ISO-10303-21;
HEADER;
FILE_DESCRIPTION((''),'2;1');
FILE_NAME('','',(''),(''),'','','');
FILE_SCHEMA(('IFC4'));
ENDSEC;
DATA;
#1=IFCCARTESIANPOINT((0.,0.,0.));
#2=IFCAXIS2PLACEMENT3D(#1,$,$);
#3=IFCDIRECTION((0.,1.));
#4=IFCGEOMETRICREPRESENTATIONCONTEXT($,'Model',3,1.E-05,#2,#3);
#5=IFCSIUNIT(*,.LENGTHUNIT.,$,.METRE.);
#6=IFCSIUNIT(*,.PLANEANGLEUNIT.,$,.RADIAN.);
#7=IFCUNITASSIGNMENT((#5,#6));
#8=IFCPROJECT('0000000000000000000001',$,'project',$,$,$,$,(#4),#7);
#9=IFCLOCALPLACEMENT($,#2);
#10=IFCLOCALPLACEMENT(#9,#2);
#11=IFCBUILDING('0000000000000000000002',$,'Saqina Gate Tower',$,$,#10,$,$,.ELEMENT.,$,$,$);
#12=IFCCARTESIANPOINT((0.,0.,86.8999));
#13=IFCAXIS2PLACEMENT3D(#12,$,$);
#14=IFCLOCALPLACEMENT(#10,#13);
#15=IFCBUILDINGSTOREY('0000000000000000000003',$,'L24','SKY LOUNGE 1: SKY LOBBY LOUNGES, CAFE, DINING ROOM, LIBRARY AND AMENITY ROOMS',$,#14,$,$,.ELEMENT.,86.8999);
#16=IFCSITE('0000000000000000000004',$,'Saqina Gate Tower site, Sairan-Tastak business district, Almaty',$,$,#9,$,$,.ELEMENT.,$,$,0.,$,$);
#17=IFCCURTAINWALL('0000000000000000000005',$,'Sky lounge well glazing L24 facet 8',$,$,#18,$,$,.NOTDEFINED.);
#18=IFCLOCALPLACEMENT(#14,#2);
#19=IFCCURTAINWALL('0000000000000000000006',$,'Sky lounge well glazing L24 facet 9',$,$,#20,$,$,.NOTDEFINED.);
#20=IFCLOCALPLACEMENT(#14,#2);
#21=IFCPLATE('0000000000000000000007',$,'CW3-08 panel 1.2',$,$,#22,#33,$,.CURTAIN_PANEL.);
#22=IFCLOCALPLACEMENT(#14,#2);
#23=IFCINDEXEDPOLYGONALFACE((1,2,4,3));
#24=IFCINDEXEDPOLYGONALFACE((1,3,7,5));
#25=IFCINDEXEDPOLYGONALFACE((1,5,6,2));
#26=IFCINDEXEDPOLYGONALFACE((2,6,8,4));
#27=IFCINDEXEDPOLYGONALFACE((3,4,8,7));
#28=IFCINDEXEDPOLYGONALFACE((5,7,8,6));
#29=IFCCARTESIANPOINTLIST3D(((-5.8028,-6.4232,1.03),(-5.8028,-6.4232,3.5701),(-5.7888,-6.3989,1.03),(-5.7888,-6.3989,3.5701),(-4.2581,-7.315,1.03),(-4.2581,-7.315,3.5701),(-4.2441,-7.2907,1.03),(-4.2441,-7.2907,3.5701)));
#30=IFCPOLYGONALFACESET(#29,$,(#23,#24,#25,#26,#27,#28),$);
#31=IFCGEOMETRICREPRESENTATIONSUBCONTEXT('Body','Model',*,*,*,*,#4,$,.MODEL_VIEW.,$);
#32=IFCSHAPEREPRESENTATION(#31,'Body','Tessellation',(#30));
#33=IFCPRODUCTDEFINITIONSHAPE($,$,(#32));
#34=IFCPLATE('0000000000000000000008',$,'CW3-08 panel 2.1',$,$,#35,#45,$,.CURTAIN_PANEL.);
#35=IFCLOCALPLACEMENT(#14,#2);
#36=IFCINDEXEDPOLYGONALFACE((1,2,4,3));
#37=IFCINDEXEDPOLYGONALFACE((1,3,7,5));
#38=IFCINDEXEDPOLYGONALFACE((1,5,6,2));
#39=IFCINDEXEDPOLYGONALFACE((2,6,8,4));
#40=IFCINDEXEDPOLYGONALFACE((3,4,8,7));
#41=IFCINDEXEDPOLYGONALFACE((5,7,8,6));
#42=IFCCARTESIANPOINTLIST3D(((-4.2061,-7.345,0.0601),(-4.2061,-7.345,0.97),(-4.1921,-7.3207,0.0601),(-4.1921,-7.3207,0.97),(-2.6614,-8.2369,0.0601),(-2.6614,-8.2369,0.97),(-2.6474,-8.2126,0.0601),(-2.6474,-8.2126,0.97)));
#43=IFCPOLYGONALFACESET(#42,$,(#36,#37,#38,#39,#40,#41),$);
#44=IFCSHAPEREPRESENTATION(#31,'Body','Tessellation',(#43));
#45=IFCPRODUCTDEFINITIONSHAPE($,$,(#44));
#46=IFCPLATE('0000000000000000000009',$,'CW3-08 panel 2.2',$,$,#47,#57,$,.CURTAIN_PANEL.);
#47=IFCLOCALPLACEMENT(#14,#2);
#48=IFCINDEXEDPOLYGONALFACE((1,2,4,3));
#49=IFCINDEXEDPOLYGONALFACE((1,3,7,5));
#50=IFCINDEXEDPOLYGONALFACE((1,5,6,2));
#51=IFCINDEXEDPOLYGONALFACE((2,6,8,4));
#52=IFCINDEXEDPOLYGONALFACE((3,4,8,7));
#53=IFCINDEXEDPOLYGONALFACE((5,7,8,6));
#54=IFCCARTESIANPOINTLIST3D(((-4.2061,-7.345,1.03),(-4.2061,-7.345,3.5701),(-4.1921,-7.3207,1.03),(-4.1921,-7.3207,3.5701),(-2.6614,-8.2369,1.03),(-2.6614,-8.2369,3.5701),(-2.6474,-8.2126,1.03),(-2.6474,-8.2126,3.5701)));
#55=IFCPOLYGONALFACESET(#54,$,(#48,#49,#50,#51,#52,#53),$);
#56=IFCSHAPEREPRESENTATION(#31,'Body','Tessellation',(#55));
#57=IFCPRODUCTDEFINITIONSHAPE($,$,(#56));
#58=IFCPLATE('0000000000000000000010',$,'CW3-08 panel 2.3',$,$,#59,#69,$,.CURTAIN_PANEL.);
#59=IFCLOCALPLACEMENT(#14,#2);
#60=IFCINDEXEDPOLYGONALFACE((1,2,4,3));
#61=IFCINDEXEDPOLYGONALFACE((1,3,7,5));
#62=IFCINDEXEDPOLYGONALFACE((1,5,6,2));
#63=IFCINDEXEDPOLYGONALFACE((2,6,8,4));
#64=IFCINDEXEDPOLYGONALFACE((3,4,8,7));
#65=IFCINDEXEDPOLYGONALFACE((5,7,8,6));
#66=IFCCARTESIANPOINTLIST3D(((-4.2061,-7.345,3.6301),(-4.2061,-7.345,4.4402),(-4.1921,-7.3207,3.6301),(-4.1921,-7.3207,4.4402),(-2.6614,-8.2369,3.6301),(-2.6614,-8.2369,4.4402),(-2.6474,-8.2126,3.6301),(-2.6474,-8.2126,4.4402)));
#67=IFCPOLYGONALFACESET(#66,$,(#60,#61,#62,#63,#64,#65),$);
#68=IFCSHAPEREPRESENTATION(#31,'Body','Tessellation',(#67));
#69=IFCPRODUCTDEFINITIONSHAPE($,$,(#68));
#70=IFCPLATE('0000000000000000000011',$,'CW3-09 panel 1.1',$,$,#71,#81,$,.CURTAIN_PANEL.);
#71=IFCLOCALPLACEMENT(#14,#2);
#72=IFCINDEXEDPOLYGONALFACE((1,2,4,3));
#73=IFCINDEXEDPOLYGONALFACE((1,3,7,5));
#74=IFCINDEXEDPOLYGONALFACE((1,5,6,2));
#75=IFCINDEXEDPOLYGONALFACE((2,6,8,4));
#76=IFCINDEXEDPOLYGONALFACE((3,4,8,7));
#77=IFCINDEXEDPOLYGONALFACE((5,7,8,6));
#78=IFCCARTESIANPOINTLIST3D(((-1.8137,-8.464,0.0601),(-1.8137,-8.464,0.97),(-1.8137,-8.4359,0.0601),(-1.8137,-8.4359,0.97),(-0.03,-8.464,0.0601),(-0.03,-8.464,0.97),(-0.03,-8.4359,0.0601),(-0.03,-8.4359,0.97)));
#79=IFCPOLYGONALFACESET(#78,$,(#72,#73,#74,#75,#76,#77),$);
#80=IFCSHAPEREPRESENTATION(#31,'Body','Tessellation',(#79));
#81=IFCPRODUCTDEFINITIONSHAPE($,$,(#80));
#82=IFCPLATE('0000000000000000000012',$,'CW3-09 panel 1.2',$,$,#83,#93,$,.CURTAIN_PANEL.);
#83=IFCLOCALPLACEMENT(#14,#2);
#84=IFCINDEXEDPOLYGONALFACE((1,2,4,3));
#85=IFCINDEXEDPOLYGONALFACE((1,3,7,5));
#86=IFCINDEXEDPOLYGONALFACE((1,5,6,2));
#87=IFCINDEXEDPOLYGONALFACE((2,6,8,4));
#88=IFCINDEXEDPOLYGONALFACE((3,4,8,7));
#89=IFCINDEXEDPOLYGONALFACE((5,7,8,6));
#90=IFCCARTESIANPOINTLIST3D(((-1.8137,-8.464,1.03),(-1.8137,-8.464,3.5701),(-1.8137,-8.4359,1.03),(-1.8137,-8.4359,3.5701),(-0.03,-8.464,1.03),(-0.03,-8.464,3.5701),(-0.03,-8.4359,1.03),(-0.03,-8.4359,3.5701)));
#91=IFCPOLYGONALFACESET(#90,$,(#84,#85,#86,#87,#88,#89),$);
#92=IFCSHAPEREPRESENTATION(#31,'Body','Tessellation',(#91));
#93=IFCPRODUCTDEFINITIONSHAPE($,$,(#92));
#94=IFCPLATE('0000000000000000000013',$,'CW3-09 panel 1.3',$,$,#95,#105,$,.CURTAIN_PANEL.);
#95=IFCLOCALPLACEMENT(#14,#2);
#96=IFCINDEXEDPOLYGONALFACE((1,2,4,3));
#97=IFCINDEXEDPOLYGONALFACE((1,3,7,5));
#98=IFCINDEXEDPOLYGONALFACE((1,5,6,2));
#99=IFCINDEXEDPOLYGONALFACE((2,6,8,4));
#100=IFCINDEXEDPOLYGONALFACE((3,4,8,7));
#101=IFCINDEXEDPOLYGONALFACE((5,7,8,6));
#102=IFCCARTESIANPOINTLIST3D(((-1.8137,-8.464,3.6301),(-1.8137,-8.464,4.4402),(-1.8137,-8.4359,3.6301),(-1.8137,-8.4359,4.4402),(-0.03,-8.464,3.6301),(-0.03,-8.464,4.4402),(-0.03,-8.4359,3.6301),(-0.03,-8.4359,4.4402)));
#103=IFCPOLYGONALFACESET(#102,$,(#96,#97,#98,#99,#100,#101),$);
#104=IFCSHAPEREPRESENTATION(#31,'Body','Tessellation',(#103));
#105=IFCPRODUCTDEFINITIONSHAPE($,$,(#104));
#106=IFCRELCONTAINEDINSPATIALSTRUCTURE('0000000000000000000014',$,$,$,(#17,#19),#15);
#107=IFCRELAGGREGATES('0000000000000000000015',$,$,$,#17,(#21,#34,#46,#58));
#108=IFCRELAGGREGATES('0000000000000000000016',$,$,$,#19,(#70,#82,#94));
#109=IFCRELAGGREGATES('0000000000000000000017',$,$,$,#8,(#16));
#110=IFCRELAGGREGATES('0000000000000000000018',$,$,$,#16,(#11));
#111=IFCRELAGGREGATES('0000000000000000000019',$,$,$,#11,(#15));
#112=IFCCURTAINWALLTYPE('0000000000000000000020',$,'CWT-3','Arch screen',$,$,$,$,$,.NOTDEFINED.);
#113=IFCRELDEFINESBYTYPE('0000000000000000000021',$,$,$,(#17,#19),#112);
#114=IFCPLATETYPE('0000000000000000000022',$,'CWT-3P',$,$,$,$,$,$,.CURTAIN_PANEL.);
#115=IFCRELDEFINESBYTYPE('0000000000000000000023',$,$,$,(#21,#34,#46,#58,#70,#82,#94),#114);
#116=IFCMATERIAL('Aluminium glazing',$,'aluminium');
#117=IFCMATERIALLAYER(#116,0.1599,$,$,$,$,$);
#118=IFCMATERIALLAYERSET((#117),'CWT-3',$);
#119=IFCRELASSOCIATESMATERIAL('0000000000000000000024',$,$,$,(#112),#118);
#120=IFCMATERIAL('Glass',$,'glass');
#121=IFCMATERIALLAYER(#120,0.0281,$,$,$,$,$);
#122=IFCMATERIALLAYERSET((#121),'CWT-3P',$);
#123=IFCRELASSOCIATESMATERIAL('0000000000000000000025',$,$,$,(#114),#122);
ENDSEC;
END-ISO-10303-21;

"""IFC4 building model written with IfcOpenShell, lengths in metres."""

from ifc_helpers import new_model, si_unit, direction, frame, origin, origin_2d, place, context, subcontext, project, spatial, rectangle, extrude, material, layer, layer_set, type_object, element, aggregate, save


model = new_model("IFC4")

# Units and contexts
model_context = context("Model", 3, precision=1e-05, world=origin(), true_north=direction((0.0, 1.0)))
body_context = subcontext(model_context, "Body", "Model", "MODEL_VIEW")
ifc_project = project(units=[si_unit("LENGTHUNIT", "METRE"), si_unit("PLANEANGLEUNIT", "RADIAN")], contexts=[model_context])

# Site, building, storey
site_placement = place(None, origin())
site = spatial("IfcSite", under=ifc_project, at=site_placement, Name="Saqina Gate Tower site, Sairan-Tastak business district, Almaty", CompositionType="ELEMENT", RefElevation=0.0)
building_placement = place(site_placement, origin())
building = spatial("IfcBuilding", under=site, at=building_placement, Name="Saqina Gate Tower", CompositionType="ELEMENT")
storey_placement = place(building_placement, frame((0.0, 0.0, 86.8999)))
storey = spatial("IfcBuildingStorey", under=building, at=storey_placement, Name="L24", Description="SKY LOUNGE 1: SKY LOBBY LOUNGES, CAFE, DINING ROOM, LIBRARY AND AMENITY ROOMS", CompositionType="ELEMENT", Elevation=86.8999)

# Curtain walls
ifc_material_1 = material(Name="Aluminium glazing", Category="aluminium")
ifc_layer_1 = layer(ifc_material_1, 0.1599)
ifc_layer_set_1 = layer_set([ifc_layer_1], Name="CWT-3")
curtain_wall_type = type_object("IfcCurtainWallType", Name="CWT-3", Description="Arch screen", PredefinedType="NOTDEFINED", material=ifc_layer_set_1)
curtain_wall_1_placement = place(storey_placement, origin())
curtain_wall_1 = element("IfcCurtainWall", 1, at=curtain_wall_1_placement, inside=storey, type_object=curtain_wall_type, Name="Sky lounge well glazing L24 facet 8", PredefinedType="NOTDEFINED")
curtain_wall_2_placement = place(storey_placement, origin())
curtain_wall_2 = element("IfcCurtainWall", 2, at=curtain_wall_2_placement, inside=storey, type_object=curtain_wall_type, Name="Sky lounge well glazing L24 facet 9", PredefinedType="NOTDEFINED")

# Plates
ifc_material_2 = material(Name="Glass", Category="glass")
ifc_layer_2 = layer(ifc_material_2, 0.0281)
ifc_layer_set_2 = layer_set([ifc_layer_2], Name="CWT-3P")
plate_type = type_object("IfcPlateType", Name="CWT-3P", PredefinedType="CURTAIN_PANEL", material=ifc_layer_set_2)
plate_1_placement = place(storey_placement, frame((-5.0234, -6.8569, 1.03), z_axis=(0.0, 0.0, 1.0), x_axis=(0.866029, -0.499993, 0.0)))
plate_1 = element("IfcPlate", 3, at=plate_1_placement, type_object=plate_type, Name="CW3-08 panel 1.2", PredefinedType="CURTAIN_PANEL", context=body_context, shape_type="SweptSolid", body=[
    extrude(rectangle(XDim=1.7837, YDim=0.0281, at=origin_2d()), origin(), (0.0, 0.0, 1.0), 2.54),
])
plate_2_placement = place(storey_placement, frame((-3.4268, -7.7788, 0.0601), z_axis=(0.0, 0.0, 1.0), x_axis=(0.866029, -0.499993, 0.0)))
plate_2 = element("IfcPlate", 4, at=plate_2_placement, type_object=plate_type, Name="CW3-08 panel 2.1", PredefinedType="CURTAIN_PANEL", context=body_context, shape_type="SweptSolid", body=[
    extrude(rectangle(XDim=1.7837, YDim=0.0281, at=origin_2d()), origin(), (0.0, 0.0, 1.0), 0.9099),
])
plate_3_placement = place(storey_placement, frame((-3.4268, -7.7788, 1.03), z_axis=(0.0, 0.0, 1.0), x_axis=(0.866029, -0.499993, 0.0)))
plate_3 = element("IfcPlate", 5, at=plate_3_placement, type_object=plate_type, Name="CW3-08 panel 2.2", PredefinedType="CURTAIN_PANEL", context=body_context, shape_type="SweptSolid", body=[
    extrude(rectangle(XDim=1.7837, YDim=0.0281, at=origin_2d()), origin(), (0.0, 0.0, 1.0), 2.54),
])
plate_4_placement = place(storey_placement, frame((-3.4268, -7.7788, 3.6301), z_axis=(0.0, 0.0, 1.0), x_axis=(0.866029, -0.499993, 0.0)))
plate_4 = element("IfcPlate", 6, at=plate_4_placement, type_object=plate_type, Name="CW3-08 panel 2.3", PredefinedType="CURTAIN_PANEL", context=body_context, shape_type="SweptSolid", body=[
    extrude(rectangle(XDim=1.7837, YDim=0.0281, at=origin_2d()), origin(), (0.0, 0.0, 1.0), 0.8101),
])
aggregate(curtain_wall_1, [plate_1, plate_2, plate_3, plate_4])
plate_5_placement = place(storey_placement, frame((-0.9219, -8.45, 0.0601), z_axis=(0.0, 0.0, 1.0), x_axis=(1.0, 0.0, 0.0)))
plate_5 = element("IfcPlate", 7, at=plate_5_placement, type_object=plate_type, Name="CW3-09 panel 1.1", PredefinedType="CURTAIN_PANEL", context=body_context, shape_type="SweptSolid", body=[
    extrude(rectangle(XDim=1.7837, YDim=0.0281, at=origin_2d()), origin(), (0.0, 0.0, 1.0), 0.9099),
])
plate_6_placement = place(storey_placement, frame((-0.9219, -8.45, 1.03), z_axis=(0.0, 0.0, 1.0), x_axis=(1.0, 0.0, 0.0)))
plate_6 = element("IfcPlate", 8, at=plate_6_placement, type_object=plate_type, Name="CW3-09 panel 1.2", PredefinedType="CURTAIN_PANEL", context=body_context, shape_type="SweptSolid", body=[
    extrude(rectangle(XDim=1.7837, YDim=0.0281, at=origin_2d()), origin(), (0.0, 0.0, 1.0), 2.54),
])
plate_7_placement = place(storey_placement, frame((-0.9219, -8.45, 3.6301), z_axis=(0.0, 0.0, 1.0), x_axis=(1.0, 0.0, 0.0)))
plate_7 = element("IfcPlate", 9, at=plate_7_placement, type_object=plate_type, Name="CW3-09 panel 1.3", PredefinedType="CURTAIN_PANEL", context=body_context, shape_type="SweptSolid", body=[
    extrude(rectangle(XDim=1.7837, YDim=0.0281, at=origin_2d()), origin(), (0.0, 0.0, 1.0), 0.8101),
])
aggregate(curtain_wall_2, [plate_5, plate_6, plate_7])

save(model, "model.ifc")
